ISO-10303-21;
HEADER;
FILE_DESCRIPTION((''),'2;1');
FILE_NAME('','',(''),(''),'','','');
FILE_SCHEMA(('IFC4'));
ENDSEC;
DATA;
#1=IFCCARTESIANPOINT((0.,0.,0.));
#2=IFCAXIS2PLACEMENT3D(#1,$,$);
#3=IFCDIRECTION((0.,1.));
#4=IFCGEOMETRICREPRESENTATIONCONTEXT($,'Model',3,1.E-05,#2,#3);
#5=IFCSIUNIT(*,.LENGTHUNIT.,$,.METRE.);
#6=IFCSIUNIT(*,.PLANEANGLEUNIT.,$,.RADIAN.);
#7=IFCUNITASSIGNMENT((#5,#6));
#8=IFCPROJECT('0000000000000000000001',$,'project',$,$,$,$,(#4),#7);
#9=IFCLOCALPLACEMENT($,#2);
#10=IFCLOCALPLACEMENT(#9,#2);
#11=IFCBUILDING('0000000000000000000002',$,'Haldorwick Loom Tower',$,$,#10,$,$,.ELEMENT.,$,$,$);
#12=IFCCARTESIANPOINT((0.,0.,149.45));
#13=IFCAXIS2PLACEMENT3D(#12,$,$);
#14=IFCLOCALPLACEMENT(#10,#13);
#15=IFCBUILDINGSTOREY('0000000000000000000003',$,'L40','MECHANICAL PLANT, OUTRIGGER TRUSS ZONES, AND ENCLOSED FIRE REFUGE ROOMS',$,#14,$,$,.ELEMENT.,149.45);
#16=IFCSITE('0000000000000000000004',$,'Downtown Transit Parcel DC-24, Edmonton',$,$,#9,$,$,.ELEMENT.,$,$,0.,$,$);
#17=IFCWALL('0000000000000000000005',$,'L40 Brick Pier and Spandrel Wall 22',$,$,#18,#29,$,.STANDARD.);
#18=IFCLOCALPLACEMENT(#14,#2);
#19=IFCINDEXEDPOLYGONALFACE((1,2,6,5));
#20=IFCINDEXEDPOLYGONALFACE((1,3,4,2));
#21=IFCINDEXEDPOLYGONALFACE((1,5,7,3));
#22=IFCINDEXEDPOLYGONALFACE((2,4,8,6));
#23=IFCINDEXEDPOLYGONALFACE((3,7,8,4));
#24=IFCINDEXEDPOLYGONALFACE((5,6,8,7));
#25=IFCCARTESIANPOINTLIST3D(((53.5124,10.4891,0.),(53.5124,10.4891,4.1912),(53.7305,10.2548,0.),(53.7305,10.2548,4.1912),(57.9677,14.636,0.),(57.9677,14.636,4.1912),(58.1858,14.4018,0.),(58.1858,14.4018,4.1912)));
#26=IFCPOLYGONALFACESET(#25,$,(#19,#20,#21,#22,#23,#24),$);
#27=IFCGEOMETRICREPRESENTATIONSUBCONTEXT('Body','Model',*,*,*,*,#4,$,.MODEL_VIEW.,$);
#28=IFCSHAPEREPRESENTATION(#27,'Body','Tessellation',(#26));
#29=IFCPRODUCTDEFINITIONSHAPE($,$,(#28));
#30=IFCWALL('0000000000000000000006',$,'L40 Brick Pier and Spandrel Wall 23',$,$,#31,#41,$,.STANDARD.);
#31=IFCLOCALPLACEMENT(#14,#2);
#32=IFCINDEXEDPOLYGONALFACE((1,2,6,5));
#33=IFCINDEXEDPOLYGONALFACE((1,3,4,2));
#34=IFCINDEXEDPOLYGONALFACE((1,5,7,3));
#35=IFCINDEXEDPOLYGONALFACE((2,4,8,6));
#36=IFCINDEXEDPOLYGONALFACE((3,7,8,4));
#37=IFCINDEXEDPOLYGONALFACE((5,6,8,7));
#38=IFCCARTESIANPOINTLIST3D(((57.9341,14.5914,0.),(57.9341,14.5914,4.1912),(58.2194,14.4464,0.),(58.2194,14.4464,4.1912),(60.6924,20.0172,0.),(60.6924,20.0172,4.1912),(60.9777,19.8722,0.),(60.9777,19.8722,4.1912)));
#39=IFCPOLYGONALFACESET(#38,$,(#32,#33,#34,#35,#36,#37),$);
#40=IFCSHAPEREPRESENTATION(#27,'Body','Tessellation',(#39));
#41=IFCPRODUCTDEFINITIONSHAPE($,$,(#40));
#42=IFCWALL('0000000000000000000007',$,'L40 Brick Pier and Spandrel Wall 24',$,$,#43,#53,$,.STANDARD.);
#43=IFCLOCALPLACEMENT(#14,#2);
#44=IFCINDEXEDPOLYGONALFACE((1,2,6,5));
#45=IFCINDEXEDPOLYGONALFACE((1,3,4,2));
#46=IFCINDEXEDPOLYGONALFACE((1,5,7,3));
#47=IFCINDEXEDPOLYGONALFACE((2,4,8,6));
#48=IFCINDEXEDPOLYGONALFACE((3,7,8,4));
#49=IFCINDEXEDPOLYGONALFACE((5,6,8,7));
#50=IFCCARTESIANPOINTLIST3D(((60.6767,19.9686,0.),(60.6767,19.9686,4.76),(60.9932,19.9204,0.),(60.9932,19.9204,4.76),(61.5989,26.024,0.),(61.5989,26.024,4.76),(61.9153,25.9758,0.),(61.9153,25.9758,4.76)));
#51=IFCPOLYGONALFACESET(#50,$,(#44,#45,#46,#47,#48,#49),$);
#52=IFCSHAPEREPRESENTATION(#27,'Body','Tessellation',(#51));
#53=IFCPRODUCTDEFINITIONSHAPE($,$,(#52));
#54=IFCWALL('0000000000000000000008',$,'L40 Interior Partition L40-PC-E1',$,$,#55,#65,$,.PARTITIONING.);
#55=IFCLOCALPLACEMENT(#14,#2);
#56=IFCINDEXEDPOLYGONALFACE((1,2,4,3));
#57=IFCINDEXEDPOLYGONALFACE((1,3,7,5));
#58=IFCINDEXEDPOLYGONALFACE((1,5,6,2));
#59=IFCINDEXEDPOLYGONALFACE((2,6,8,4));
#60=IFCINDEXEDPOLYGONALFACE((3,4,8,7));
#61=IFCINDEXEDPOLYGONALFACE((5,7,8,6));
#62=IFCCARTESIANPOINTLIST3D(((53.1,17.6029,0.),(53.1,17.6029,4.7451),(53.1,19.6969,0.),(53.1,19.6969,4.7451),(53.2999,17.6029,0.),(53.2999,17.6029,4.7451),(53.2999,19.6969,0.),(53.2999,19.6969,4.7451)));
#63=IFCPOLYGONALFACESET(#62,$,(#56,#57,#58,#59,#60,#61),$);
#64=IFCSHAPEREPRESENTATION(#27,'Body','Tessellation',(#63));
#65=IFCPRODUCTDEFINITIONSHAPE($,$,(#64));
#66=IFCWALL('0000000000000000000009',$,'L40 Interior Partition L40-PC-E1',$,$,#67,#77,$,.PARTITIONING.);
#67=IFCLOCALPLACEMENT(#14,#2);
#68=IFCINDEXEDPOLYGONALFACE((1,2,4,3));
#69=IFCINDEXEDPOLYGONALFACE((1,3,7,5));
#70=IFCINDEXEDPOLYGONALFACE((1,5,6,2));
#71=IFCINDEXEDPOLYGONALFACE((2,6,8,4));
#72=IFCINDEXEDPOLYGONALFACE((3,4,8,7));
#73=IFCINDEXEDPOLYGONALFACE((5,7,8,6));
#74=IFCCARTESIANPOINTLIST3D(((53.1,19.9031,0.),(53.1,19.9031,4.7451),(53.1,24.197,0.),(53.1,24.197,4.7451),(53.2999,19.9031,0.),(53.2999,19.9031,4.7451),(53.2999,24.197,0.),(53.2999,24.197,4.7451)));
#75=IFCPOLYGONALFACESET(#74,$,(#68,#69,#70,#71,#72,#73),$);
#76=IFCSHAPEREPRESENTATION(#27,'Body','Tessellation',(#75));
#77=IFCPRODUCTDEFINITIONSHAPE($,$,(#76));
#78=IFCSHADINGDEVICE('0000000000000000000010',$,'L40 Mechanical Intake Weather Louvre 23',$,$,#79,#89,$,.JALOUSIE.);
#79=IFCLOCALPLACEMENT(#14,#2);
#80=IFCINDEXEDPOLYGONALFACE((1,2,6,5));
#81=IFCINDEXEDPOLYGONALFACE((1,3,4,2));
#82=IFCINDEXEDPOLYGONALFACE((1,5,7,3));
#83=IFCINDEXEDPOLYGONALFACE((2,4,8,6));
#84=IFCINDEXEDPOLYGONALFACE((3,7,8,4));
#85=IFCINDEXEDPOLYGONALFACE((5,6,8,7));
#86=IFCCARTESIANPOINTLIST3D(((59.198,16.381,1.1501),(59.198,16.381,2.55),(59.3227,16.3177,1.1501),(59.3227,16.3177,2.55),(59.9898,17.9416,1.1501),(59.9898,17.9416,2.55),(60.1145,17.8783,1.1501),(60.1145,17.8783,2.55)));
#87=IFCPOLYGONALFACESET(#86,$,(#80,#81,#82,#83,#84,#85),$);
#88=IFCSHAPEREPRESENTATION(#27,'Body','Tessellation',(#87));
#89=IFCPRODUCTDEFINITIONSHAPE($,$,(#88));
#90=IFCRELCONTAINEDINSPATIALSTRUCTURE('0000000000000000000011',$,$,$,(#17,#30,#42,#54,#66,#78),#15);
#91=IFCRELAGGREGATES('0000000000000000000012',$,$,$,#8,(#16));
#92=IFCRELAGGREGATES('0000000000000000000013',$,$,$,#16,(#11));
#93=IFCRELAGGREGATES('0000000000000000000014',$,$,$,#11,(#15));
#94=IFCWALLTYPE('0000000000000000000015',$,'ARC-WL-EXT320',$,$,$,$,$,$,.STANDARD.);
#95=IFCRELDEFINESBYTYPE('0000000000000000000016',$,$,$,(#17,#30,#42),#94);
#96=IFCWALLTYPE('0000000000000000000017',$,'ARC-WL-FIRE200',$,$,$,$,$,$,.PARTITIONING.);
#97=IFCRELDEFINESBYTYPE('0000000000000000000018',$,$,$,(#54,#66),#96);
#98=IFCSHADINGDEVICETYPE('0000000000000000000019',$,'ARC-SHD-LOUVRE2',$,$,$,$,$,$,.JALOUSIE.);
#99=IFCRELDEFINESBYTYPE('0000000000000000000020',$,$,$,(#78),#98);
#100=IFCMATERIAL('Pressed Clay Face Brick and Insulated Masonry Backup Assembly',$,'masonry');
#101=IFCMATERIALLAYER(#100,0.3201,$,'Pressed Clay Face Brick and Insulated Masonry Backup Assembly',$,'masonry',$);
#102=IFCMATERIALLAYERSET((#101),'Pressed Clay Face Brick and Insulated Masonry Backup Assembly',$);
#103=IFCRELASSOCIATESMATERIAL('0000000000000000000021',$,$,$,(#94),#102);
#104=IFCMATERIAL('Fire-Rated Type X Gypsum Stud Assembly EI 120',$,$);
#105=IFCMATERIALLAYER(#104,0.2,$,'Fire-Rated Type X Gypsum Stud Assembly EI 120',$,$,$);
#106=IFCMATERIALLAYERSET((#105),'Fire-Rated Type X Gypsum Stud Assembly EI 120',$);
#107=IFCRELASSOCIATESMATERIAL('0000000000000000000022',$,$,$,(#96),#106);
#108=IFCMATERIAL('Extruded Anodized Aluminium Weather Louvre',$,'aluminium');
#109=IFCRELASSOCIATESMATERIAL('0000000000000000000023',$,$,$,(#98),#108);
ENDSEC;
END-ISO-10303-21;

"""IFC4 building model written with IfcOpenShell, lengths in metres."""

from ifc_helpers import new_model, si_unit, direction, frame, frame_2d, origin, origin_2d, place, context, subcontext, project, spatial, rectangle, extrude, material, layer, layer_set, type_object, element, save


model = new_model("IFC4")

# Units and contexts
model_context = context("Model", 3, precision=1e-05, world=origin(), true_north=direction((0.0, 1.0)))
body_context = subcontext(model_context, "Body", "Model", "MODEL_VIEW")
ifc_project = project(units=[si_unit("LENGTHUNIT", "METRE"), si_unit("PLANEANGLEUNIT", "RADIAN")], contexts=[model_context])

# Site, building, storey
site_placement = place(None, origin())
site = spatial("IfcSite", under=ifc_project, at=site_placement, Name="Downtown Transit Parcel DC-24, Edmonton", CompositionType="ELEMENT", RefElevation=0.0)
building_placement = place(site_placement, origin())
building = spatial("IfcBuilding", under=site, at=building_placement, Name="Haldorwick Loom Tower", CompositionType="ELEMENT")
storey_placement = place(building_placement, frame((0.0, 0.0, 149.45)))
storey = spatial("IfcBuildingStorey", under=building, at=storey_placement, Name="L40", Description="MECHANICAL PLANT, OUTRIGGER TRUSS ZONES, AND ENCLOSED FIRE REFUGE ROOMS", CompositionType="ELEMENT", Elevation=149.45)

# Walls
ifc_material_1 = material(Name="Pressed Clay Face Brick and Insulated Masonry Backup Assembly", Category="masonry")
ifc_layer_1 = layer(ifc_material_1, 0.3201, Name="Pressed Clay Face Brick and Insulated Masonry Backup Assembly", Category="masonry")
ifc_layer_set_1 = layer_set([ifc_layer_1], Name="Pressed Clay Face Brick and Insulated Masonry Backup Assembly")
wall_type_1 = type_object("IfcWallType", Name="ARC-WL-EXT320", PredefinedType="STANDARD", material=ifc_layer_set_1)
for number, where, z_axis, x_axis, name in (
    (1, (53.6213, 10.3718, 0.0), (0.0, 0.0, 1.0), (0.731983, 0.681323, 0.0), "L40 Brick Pier and Spandrel Wall 22"),
    (2, (58.0767, 14.5188, 0.0), (0.0, 0.0, 1.0), (0.453172, 0.891423, 0.0), "L40 Brick Pier and Spandrel Wall 23"),
):
    element("IfcWall", number, at=place(storey_placement, frame(where, z_axis=z_axis, x_axis=x_axis)), inside=storey, type_object=wall_type_1, Name=name, PredefinedType="STANDARD", context=body_context, shape_type="SweptSolid", body=[
        extrude(rectangle(XDim=6.0867, YDim=0.3201, at=frame_2d((3.0435, 0.0))), origin(), (0.0, 0.0, 1.0), 4.1912),
    ])
wall_1_placement = place(storey_placement, frame((60.835, 19.9446, 0.0), z_axis=(0.0, 0.0, 1.0), x_axis=(0.150544, 0.988603, 0.0)))
element("IfcWall", 3, at=wall_1_placement, inside=storey, type_object=wall_type_1, Name="L40 Brick Pier and Spandrel Wall 24", PredefinedType="STANDARD", context=body_context, shape_type="SweptSolid", body=[
    extrude(rectangle(XDim=6.1252, YDim=0.3201, at=frame_2d((3.0625, 0.0))), origin(), (0.0, 0.0, 1.0), 4.76),
])
ifc_material_2 = material(Name="Fire-Rated Type X Gypsum Stud Assembly EI 120")
ifc_layer_2 = layer(ifc_material_2, 0.2, Name="Fire-Rated Type X Gypsum Stud Assembly EI 120")
ifc_layer_set_2 = layer_set([ifc_layer_2], Name="Fire-Rated Type X Gypsum Stud Assembly EI 120")
wall_type_2 = type_object("IfcWallType", Name="ARC-WL-FIRE200", PredefinedType="PARTITIONING", material=ifc_layer_set_2)
wall_2_placement = place(storey_placement, frame((53.2, 17.603, 0.0), z_axis=(0.0, 0.0, 1.0), x_axis=(0.0, 1.0, 0.0)))
element("IfcWall", 4, at=wall_2_placement, inside=storey, type_object=wall_type_2, Name="L40 Interior Partition L40-PC-E1", PredefinedType="PARTITIONING", context=body_context, shape_type="SweptSolid", body=[
    extrude(rectangle(XDim=2.094, YDim=0.2, at=frame_2d((1.0469, 0.0))), origin(), (0.0, 0.0, 1.0), 4.7451),
])
wall_3_placement = place(storey_placement, frame((53.2, 19.9031, 0.0), z_axis=(0.0, 0.0, 1.0), x_axis=(0.0, 1.0, 0.0)))
element("IfcWall", 5, at=wall_3_placement, inside=storey, type_object=wall_type_2, Name="L40 Interior Partition L40-PC-E1", PredefinedType="PARTITIONING", context=body_context, shape_type="SweptSolid", body=[
    extrude(rectangle(XDim=4.2939, YDim=0.2, at=frame_2d((2.147, 0.0))), origin(), (0.0, 0.0, 1.0), 4.7451),
])

# Shading device
ifc_material_3 = material(Name="Extruded Anodized Aluminium Weather Louvre", Category="aluminium")
shading_device_type = type_object("IfcShadingDeviceType", Name="ARC-SHD-LOUVRE2", PredefinedType="JALOUSIE", material=ifc_material_3)
shading_device_placement = place(storey_placement, frame((59.6562, 17.1296, 1.1501), z_axis=(0.0, 0.0, 1.0), x_axis=(0.452435, 0.891798, 0.0)))
element("IfcShadingDevice", 6, at=shading_device_placement, inside=storey, type_object=shading_device_type, Name="L40 Mechanical Intake Weather Louvre 23", PredefinedType="JALOUSIE", context=body_context, shape_type="SweptSolid", body=[
    extrude(rectangle(XDim=1.75, YDim=0.1399, at=origin_2d()), origin(), (0.0, 0.0, 1.0), 1.3999),
])

save(model, "model.ifc")
